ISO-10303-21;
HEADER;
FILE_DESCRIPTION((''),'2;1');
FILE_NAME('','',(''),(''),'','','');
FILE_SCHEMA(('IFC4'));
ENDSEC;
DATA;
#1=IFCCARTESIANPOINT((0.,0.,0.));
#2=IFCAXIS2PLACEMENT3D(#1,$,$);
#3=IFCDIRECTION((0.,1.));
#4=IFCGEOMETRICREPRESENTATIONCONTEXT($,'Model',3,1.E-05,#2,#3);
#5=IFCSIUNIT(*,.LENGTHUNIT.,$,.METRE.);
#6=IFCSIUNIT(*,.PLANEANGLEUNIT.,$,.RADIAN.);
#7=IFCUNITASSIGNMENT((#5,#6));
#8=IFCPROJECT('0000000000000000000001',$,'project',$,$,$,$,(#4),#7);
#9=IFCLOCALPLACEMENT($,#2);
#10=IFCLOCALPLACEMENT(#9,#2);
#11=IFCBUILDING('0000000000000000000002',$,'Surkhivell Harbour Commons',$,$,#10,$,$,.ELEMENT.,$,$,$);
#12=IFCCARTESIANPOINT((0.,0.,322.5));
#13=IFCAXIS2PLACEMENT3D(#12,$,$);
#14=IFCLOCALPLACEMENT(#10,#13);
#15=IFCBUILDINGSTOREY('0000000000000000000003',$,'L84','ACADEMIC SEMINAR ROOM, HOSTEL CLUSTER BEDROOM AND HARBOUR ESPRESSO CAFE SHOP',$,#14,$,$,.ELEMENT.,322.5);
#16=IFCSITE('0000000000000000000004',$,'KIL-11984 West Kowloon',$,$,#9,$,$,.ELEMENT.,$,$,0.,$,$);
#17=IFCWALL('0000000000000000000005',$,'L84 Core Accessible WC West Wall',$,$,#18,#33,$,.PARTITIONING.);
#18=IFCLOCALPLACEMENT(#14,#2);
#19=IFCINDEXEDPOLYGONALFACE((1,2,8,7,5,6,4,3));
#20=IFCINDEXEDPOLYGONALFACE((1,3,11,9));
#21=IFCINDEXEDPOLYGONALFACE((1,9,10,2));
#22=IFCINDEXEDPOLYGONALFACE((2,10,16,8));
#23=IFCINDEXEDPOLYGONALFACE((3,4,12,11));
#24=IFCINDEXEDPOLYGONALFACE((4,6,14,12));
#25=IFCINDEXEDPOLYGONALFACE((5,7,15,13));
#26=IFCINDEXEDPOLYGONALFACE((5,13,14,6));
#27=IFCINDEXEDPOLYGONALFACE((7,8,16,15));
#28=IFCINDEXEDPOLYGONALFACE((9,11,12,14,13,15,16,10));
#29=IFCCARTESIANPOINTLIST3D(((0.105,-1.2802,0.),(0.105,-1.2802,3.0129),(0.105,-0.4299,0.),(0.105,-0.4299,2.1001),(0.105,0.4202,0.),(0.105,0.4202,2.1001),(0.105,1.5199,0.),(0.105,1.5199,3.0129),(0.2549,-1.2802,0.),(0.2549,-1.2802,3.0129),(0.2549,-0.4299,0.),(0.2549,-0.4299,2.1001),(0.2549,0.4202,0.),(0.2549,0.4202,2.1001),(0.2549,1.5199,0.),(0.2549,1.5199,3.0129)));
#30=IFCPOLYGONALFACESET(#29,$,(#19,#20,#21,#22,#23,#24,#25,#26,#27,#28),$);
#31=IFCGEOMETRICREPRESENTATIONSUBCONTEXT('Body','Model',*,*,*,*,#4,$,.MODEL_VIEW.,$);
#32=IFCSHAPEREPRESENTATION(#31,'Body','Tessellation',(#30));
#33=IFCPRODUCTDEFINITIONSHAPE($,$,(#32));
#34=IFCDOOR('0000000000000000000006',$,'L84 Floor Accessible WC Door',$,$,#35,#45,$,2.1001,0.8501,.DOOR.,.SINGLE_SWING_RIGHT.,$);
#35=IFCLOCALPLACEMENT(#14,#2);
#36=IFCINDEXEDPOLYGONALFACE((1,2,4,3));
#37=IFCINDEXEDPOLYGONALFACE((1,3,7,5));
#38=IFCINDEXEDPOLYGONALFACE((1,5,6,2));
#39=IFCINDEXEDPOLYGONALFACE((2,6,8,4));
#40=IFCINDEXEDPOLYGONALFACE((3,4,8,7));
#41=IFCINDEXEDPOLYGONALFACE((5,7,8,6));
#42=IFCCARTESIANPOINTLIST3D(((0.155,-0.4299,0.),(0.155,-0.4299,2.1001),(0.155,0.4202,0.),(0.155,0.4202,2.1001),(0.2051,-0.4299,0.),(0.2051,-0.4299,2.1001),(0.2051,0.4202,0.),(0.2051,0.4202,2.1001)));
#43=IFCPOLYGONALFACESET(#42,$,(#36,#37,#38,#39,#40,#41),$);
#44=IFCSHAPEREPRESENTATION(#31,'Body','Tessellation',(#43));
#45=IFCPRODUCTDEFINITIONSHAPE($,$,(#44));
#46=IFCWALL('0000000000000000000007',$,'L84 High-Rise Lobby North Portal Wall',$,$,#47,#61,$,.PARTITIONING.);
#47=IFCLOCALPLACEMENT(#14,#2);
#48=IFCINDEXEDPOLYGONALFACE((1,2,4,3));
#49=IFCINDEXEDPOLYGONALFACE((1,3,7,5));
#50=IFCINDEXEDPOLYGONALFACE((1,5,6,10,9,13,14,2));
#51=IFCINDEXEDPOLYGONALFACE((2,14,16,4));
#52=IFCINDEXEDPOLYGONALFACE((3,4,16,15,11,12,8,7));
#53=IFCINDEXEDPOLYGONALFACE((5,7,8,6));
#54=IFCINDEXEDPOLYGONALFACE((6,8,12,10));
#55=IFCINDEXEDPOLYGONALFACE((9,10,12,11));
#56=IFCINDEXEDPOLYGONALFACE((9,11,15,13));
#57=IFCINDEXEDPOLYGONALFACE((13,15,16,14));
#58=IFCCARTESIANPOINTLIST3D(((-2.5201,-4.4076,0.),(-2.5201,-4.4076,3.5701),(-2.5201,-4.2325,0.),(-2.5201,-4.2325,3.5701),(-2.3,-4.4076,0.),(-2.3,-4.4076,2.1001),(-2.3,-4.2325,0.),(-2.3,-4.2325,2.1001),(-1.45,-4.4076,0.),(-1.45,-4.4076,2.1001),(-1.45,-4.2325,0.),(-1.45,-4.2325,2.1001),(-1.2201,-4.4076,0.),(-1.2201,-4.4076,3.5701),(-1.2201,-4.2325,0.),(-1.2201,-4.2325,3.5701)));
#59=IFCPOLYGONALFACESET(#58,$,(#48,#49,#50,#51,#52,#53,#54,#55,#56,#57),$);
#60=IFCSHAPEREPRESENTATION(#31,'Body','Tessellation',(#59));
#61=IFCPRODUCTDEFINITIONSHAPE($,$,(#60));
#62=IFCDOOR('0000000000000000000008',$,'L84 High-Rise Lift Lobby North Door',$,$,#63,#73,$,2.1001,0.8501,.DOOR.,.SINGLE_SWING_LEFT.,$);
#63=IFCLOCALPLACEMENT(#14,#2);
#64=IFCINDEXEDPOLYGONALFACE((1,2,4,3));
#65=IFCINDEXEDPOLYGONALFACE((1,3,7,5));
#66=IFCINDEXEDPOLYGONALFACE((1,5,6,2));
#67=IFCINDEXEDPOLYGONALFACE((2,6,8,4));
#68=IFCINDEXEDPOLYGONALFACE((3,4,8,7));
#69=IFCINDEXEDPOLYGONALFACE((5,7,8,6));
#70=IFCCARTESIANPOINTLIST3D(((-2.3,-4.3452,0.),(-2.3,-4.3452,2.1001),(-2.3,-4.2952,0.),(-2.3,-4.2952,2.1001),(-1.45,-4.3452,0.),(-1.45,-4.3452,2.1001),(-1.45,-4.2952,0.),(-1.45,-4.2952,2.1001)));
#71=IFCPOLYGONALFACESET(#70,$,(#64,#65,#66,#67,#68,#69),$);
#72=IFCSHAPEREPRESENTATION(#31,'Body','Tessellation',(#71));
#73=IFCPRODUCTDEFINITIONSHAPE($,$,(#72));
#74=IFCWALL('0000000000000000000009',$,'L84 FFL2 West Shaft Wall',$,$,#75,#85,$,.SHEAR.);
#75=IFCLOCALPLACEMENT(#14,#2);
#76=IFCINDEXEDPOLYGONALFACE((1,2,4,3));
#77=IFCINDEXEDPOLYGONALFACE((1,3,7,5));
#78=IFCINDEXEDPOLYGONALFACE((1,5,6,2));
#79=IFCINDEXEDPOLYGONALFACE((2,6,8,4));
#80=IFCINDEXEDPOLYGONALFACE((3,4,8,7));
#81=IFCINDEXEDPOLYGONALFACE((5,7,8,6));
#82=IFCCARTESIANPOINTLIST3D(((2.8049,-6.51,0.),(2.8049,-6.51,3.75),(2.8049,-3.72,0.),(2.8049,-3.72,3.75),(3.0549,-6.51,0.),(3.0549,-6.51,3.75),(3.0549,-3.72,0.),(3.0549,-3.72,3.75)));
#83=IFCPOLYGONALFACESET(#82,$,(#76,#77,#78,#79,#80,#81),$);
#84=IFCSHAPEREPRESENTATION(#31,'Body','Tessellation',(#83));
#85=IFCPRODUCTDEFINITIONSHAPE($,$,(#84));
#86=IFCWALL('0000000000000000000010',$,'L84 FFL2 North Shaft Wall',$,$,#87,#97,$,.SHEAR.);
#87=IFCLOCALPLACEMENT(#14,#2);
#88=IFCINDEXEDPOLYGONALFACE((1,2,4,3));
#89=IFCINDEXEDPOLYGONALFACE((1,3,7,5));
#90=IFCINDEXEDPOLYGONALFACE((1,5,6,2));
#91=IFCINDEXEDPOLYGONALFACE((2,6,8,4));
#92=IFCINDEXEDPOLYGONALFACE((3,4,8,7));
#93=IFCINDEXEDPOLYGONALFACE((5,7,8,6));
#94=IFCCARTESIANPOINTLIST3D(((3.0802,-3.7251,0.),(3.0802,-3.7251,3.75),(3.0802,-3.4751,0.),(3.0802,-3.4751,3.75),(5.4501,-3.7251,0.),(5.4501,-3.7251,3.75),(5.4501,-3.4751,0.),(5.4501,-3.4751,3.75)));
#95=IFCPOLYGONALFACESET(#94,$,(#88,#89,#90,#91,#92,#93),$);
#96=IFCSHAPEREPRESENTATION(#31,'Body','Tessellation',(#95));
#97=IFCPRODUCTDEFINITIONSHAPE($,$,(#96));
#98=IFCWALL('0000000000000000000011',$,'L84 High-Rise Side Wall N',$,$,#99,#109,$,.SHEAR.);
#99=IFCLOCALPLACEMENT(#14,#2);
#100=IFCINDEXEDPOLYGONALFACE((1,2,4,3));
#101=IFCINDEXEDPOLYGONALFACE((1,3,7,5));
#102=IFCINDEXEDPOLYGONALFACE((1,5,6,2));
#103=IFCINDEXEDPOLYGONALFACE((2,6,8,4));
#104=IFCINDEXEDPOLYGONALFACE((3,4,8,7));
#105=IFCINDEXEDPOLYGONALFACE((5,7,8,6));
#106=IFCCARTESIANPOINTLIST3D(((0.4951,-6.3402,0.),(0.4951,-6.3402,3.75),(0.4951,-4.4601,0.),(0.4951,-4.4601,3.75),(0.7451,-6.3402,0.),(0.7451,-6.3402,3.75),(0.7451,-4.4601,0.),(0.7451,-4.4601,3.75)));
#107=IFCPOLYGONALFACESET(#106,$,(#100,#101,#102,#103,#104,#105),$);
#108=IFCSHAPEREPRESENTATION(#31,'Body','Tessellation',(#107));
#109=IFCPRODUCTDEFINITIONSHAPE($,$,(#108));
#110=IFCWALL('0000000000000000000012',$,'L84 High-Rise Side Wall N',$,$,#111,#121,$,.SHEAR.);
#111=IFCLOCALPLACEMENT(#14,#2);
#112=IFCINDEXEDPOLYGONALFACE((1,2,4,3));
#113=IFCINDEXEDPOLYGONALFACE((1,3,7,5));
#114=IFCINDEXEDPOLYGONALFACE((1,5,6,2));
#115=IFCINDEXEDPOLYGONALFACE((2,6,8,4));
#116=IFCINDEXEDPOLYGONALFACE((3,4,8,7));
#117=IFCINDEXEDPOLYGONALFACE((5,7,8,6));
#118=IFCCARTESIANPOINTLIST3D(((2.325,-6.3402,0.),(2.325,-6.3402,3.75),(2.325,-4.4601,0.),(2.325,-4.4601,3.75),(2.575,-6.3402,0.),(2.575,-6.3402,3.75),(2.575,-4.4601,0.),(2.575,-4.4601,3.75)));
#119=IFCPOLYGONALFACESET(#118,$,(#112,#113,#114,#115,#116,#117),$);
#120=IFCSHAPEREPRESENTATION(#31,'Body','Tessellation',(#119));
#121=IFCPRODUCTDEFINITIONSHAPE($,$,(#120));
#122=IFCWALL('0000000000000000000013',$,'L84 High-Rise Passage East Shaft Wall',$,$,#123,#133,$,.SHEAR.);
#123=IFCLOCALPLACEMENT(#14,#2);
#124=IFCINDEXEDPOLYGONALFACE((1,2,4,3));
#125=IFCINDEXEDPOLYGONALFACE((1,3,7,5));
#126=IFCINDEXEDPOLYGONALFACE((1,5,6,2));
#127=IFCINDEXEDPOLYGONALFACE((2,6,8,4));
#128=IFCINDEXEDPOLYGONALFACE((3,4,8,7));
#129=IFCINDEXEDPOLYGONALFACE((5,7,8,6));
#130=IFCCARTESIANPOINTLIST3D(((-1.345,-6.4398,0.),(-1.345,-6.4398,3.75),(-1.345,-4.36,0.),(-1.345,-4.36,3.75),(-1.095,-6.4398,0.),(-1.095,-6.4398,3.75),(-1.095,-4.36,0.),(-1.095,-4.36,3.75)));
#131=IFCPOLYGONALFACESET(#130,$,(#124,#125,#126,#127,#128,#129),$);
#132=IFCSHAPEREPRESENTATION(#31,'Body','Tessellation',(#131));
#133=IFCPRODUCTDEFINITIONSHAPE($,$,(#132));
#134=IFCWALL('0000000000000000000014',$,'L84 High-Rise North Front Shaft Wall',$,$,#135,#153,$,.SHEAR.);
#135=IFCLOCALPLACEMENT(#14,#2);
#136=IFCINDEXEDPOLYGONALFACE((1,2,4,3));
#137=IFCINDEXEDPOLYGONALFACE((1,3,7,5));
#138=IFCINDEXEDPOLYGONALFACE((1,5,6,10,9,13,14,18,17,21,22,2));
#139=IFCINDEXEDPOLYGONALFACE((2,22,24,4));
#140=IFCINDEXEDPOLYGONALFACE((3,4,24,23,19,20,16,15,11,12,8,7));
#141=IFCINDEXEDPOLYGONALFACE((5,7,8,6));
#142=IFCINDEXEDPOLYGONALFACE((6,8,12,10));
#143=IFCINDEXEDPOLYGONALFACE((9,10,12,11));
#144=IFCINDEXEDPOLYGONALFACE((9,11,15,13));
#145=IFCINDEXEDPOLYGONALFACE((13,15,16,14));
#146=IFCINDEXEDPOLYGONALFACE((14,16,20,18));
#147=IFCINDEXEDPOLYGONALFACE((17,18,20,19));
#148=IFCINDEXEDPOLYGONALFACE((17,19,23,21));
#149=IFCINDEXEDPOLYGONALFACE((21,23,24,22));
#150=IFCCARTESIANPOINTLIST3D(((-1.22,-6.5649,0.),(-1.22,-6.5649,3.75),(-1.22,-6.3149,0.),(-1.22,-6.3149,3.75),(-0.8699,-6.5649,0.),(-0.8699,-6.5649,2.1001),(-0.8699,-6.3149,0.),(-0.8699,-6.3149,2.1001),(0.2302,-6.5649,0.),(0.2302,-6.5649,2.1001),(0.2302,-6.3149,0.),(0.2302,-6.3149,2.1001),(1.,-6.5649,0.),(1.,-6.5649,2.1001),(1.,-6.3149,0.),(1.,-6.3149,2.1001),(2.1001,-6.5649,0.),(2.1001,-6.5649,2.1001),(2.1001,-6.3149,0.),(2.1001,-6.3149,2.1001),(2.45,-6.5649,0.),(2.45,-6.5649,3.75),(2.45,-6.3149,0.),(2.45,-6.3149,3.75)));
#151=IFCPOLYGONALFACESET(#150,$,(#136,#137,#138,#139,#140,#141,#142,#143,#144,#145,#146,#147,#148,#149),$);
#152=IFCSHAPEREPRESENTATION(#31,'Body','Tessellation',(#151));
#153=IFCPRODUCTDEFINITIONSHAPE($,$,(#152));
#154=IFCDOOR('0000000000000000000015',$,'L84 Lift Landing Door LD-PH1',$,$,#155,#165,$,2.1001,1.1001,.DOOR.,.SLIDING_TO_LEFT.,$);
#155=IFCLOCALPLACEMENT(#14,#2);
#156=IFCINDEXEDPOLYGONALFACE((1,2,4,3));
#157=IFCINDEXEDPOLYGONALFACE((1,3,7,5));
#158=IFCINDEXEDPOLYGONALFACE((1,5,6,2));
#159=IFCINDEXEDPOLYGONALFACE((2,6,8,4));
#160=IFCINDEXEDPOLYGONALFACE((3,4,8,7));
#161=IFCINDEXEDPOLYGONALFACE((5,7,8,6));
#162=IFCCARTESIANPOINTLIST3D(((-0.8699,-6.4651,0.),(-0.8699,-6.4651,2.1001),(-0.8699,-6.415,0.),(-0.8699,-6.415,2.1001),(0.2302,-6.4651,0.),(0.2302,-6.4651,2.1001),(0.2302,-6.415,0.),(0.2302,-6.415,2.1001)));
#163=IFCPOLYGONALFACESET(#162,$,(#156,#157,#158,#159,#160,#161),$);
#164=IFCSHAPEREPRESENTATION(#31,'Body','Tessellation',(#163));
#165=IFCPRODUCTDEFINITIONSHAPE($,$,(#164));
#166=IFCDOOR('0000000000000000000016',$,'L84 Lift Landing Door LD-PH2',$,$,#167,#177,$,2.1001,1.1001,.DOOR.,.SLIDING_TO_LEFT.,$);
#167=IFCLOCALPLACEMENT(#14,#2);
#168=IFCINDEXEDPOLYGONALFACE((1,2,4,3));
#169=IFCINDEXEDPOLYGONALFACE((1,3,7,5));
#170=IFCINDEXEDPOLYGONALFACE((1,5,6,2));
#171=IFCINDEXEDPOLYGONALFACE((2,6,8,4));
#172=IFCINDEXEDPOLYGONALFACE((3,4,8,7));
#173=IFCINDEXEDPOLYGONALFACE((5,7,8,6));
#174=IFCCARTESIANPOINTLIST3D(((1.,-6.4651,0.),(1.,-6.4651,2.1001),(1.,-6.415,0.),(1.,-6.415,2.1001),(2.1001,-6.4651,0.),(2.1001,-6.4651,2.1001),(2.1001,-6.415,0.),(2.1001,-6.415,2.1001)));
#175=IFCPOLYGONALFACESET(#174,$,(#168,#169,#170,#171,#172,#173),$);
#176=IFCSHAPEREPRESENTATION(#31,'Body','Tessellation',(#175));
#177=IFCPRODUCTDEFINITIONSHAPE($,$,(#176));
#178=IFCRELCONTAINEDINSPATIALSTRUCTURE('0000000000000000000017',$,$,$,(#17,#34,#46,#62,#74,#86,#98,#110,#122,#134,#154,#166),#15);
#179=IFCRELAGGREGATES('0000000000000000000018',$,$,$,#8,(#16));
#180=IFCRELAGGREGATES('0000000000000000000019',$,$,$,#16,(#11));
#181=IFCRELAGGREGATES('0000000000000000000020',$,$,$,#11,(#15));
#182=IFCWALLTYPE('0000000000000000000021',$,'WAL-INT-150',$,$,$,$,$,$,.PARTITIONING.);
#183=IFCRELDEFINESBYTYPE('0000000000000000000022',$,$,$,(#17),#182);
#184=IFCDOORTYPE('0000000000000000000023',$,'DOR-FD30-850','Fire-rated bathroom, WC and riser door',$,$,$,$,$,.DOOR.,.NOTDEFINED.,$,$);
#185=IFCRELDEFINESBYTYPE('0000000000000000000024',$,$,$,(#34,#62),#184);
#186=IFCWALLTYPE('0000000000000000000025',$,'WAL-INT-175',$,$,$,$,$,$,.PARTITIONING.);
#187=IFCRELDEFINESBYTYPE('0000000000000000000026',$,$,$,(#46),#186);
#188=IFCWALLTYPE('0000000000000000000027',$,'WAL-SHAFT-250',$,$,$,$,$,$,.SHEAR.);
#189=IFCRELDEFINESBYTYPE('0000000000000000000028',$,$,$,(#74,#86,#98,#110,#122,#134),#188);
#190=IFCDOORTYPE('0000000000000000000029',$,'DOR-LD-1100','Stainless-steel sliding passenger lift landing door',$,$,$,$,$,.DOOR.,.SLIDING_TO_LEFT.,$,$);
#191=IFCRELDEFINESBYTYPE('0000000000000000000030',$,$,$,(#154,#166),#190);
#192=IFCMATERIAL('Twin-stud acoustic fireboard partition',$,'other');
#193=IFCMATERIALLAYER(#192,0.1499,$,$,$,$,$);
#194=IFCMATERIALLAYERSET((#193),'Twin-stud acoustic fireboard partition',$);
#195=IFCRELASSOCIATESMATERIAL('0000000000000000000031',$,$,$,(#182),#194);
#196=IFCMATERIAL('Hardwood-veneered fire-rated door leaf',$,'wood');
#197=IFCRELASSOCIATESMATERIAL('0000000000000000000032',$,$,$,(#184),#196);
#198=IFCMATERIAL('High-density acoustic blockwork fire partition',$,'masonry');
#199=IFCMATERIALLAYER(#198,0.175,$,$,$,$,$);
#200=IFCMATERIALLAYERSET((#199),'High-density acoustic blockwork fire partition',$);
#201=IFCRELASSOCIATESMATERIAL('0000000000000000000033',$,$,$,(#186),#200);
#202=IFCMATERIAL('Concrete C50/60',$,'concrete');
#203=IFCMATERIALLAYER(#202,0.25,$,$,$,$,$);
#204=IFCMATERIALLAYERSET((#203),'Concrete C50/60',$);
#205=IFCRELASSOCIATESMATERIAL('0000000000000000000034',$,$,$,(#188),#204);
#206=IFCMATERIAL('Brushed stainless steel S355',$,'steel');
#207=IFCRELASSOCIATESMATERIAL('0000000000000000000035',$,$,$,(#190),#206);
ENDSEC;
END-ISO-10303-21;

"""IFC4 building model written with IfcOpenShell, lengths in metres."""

from ifc_helpers import new_model, si_unit, direction, frame, frame_2d, origin, place, context, subcontext, project, spatial, rectangle, extrude, material, layer, layer_set, type_object, element, fill, save


model = new_model("IFC4")

# Units and contexts
model_context = context("Model", 3, precision=1e-05, world=origin(), true_north=direction((0.0, 1.0)))
body_context = subcontext(model_context, "Body", "Model", "MODEL_VIEW")
ifc_project = project(units=[si_unit("LENGTHUNIT", "METRE"), si_unit("PLANEANGLEUNIT", "RADIAN")], contexts=[model_context])

# Site, building, storey
site_placement = place(None, origin())
site = spatial("IfcSite", under=ifc_project, at=site_placement, Name="KIL-11984 West Kowloon", CompositionType="ELEMENT", RefElevation=0.0)
building_placement = place(site_placement, origin())
building = spatial("IfcBuilding", under=site, at=building_placement, Name="Surkhivell Harbour Commons", CompositionType="ELEMENT")
storey_placement = place(building_placement, frame((0.0, 0.0, 322.5)))
storey = spatial("IfcBuildingStorey", under=building, at=storey_placement, Name="L84", Description="ACADEMIC SEMINAR ROOM, HOSTEL CLUSTER BEDROOM AND HARBOUR ESPRESSO CAFE SHOP", CompositionType="ELEMENT", Elevation=322.5)

# Shared definitions
ifc_material_1 = material(Name="Twin-stud acoustic fireboard partition", Category="other")
ifc_layer_1 = layer(ifc_material_1, 0.1499)
ifc_layer_set_1 = layer_set([ifc_layer_1], Name="Twin-stud acoustic fireboard partition")
wall_type_1 = type_object("IfcWallType", Name="WAL-INT-150", PredefinedType="PARTITIONING", material=ifc_layer_set_1)

# Walls, openings, doors
wall_1_placement = place(storey_placement, frame((0.1799, -1.28, 0.0), z_axis=(0.0, 0.0, 1.0), x_axis=(0.0, 1.0, 0.0)))
wall_1 = element("IfcWall", 1, at=wall_1_placement, inside=storey, type_object=wall_type_1, Name="L84 Core Accessible WC West Wall", PredefinedType="PARTITIONING", context=body_context, shape_type="SweptSolid", body=[
    extrude(rectangle(XDim=2.8, YDim=0.1499, at=frame_2d((1.3999, 0.0))), origin(), (0.0, 0.0, 1.0), 3.0129),
])
opening_1_placement = place(wall_1_placement, frame((0.8501, 0.0, 0.0)))
opening_1 = element("IfcOpeningElement", 2, at=opening_1_placement, cuts=wall_1, PredefinedType="OPENING", context=body_context, shape_type="SweptSolid", body=[
    extrude(rectangle(XDim=0.8501, YDim=2.1001, at=frame_2d((0.425, 1.05))), frame((0.0, 0.085, 0.0), z_axis=(0.0, -1.0, 0.0), x_axis=(1.0, 0.0, 0.0)), (0.0, 0.0, 1.0), 0.1699),
])
ifc_material_2 = material(Name="Hardwood-veneered fire-rated door leaf", Category="wood")
door_type_1 = type_object("IfcDoorType", Name="DOR-FD30-850", Description="Fire-rated bathroom, WC and riser door", OperationType="NOTDEFINED", PredefinedType="DOOR", material=ifc_material_2)
door_1_placement = place(opening_1_placement, origin())
door_1 = element("IfcDoor", 3, at=door_1_placement, inside=storey, type_object=door_type_1, Name="L84 Floor Accessible WC Door", OperationType="SINGLE_SWING_RIGHT", OverallHeight=2.1001, OverallWidth=0.8501, PredefinedType="DOOR", context=body_context, shape_type="SweptSolid", body=[
    extrude(rectangle(XDim=0.8501, YDim=2.1001, at=frame_2d((0.425, 1.05))), frame((0.0, 0.0249, 0.0), z_axis=(0.0, -1.0, 0.0), x_axis=(1.0, 0.0, 0.0)), (0.0, 0.0, 1.0), 0.05),
])
fill(opening_1, door_1)
ifc_material_3 = material(Name="High-density acoustic blockwork fire partition", Category="masonry")
ifc_layer_2 = layer(ifc_material_3, 0.175)
ifc_layer_set_2 = layer_set([ifc_layer_2], Name="High-density acoustic blockwork fire partition")
wall_type_2 = type_object("IfcWallType", Name="WAL-INT-175", PredefinedType="PARTITIONING", material=ifc_layer_set_2)
wall_2_placement = place(storey_placement, frame((-2.52, -4.3201, 0.0), z_axis=(0.0, 0.0, 1.0), x_axis=(1.0, 0.0, 0.0)))
wall_2 = element("IfcWall", 4, at=wall_2_placement, inside=storey, type_object=wall_type_2, Name="L84 High-Rise Lobby North Portal Wall", PredefinedType="PARTITIONING", context=body_context, shape_type="SweptSolid", body=[
    extrude(rectangle(XDim=1.3, YDim=0.175, at=frame_2d((0.6499, 0.0))), origin(), (0.0, 0.0, 1.0), 3.5701),
])
opening_2_placement = place(wall_2_placement, frame((0.22, 0.0, 0.0)))
opening_2 = element("IfcOpeningElement", 5, at=opening_2_placement, cuts=wall_2, PredefinedType="OPENING", context=body_context, shape_type="SweptSolid", body=[
    extrude(rectangle(XDim=0.8501, YDim=2.1001, at=frame_2d((0.425, 1.05))), frame((0.0, 0.0974, 0.0), z_axis=(0.0, -1.0, 0.0), x_axis=(1.0, 0.0, 0.0)), (0.0, 0.0, 1.0), 0.1951),
])
door_2_placement = place(opening_2_placement, origin())
door_2 = element("IfcDoor", 6, at=door_2_placement, inside=storey, type_object=door_type_1, Name="L84 High-Rise Lift Lobby North Door", OperationType="SINGLE_SWING_LEFT", OverallHeight=2.1001, OverallWidth=0.8501, PredefinedType="DOOR", context=body_context, shape_type="SweptSolid", body=[
    extrude(rectangle(XDim=0.8501, YDim=2.1001, at=frame_2d((0.425, 1.05))), frame((0.0, 0.0249, 0.0), z_axis=(0.0, -1.0, 0.0), x_axis=(1.0, 0.0, 0.0)), (0.0, 0.0, 1.0), 0.05),
])
fill(opening_2, door_2)

# Walls
ifc_material_4 = material(Name="Concrete C50/60", Category="concrete")
ifc_layer_3 = layer(ifc_material_4, 0.25)
ifc_layer_set_3 = layer_set([ifc_layer_3], Name="Concrete C50/60")
wall_type_3 = type_object("IfcWallType", Name="WAL-SHAFT-250", PredefinedType="SHEAR", material=ifc_layer_set_3)
wall_3_placement = place(storey_placement, frame((2.9299, -6.51, 0.0), z_axis=(0.0, 0.0, 1.0), x_axis=(0.0, 1.0, 0.0)))
element("IfcWall", 7, at=wall_3_placement, inside=storey, type_object=wall_type_3, Name="L84 FFL2 West Shaft Wall", PredefinedType="SHEAR", context=body_context, shape_type="SweptSolid", body=[
    extrude(rectangle(XDim=2.79, YDim=0.25, at=frame_2d((1.395, 0.0))), origin(), (0.0, 0.0, 1.0), 3.75),
])
wall_4_placement = place(storey_placement, frame((3.0801, -3.6001, 0.0), z_axis=(0.0, 0.0, 1.0), x_axis=(1.0, 0.0, 0.0)))
element("IfcWall", 8, at=wall_4_placement, inside=storey, type_object=wall_type_3, Name="L84 FFL2 North Shaft Wall", PredefinedType="SHEAR", context=body_context, shape_type="SweptSolid", body=[
    extrude(rectangle(XDim=2.3699, YDim=0.25, at=frame_2d((1.1851, 0.0))), origin(), (0.0, 0.0, 1.0), 3.75),
])
for number, where, z_axis, x_axis, name in (
    (9, (0.6201, -6.3401, 0.0), (0.0, 0.0, 1.0), (0.0, 1.0, 0.0), "L84 High-Rise Side Wall N"),
    (10, (2.45, -6.3401, 0.0), (0.0, 0.0, 1.0), (0.0, 1.0, 0.0), "L84 High-Rise Side Wall N"),
):
    element("IfcWall", number, at=place(storey_placement, frame(where, z_axis=z_axis, x_axis=x_axis)), inside=storey, type_object=wall_type_3, Name=name, PredefinedType="SHEAR", context=body_context, shape_type="SweptSolid", body=[
        extrude(rectangle(XDim=1.8801, YDim=0.25, at=frame_2d((0.9399, 0.0))), origin(), (0.0, 0.0, 1.0), 3.75),
    ])
wall_5_placement = place(storey_placement, frame((-1.22, -6.4399, 0.0), z_axis=(0.0, 0.0, 1.0), x_axis=(0.0, 1.0, 0.0)))
element("IfcWall", 11, at=wall_5_placement, inside=storey, type_object=wall_type_3, Name="L84 High-Rise Passage East Shaft Wall", PredefinedType="SHEAR", context=body_context, shape_type="SweptSolid", body=[
    extrude(rectangle(XDim=2.0798, YDim=0.25, at=frame_2d((1.04, 0.0))), origin(), (0.0, 0.0, 1.0), 3.75),
])

# Wall, openings, doors
wall_6_placement = place(storey_placement, frame((-1.22, -6.4399, 0.0), z_axis=(0.0, 0.0, 1.0), x_axis=(1.0, 0.0, 0.0)))
wall_6 = element("IfcWall", 12, at=wall_6_placement, inside=storey, type_object=wall_type_3, Name="L84 High-Rise North Front Shaft Wall", PredefinedType="SHEAR", context=body_context, shape_type="SweptSolid", body=[
    extrude(rectangle(XDim=3.6699, YDim=0.25, at=frame_2d((1.835, 0.0))), origin(), (0.0, 0.0, 1.0), 3.75),
])
opening_3_placement = place(wall_6_placement, frame((0.3501, 0.0, 0.0)))
opening_3 = element("IfcOpeningElement", 13, at=opening_3_placement, cuts=wall_6, PredefinedType="OPENING", context=body_context, shape_type="SweptSolid", body=[
    extrude(rectangle(XDim=1.1001, YDim=2.1001, at=frame_2d((0.55, 1.05))), frame((0.0, 0.135, 0.0), z_axis=(0.0, -1.0, 0.0), x_axis=(1.0, 0.0, 0.0)), (0.0, 0.0, 1.0), 0.27),
])
opening_4_placement = place(wall_6_placement, frame((2.22, 0.0, 0.0)))
opening_4 = element("IfcOpeningElement", 14, at=opening_4_placement, cuts=wall_6, PredefinedType="OPENING", context=body_context, shape_type="SweptSolid", body=[
    extrude(rectangle(XDim=1.1001, YDim=2.1001, at=frame_2d((0.55, 1.05))), frame((0.0, 0.135, 0.0), z_axis=(0.0, -1.0, 0.0), x_axis=(1.0, 0.0, 0.0)), (0.0, 0.0, 1.0), 0.27),
])
ifc_material_5 = material(Name="Brushed stainless steel S355", Category="steel")
door_type_2 = type_object("IfcDoorType", Name="DOR-LD-1100", Description="Stainless-steel sliding passenger lift landing door", OperationType="SLIDING_TO_LEFT", PredefinedType="DOOR", material=ifc_material_5)
door_3_placement = place(opening_3_placement, origin())
door_3 = element("IfcDoor", 15, at=door_3_placement, inside=storey, type_object=door_type_2, Name="L84 Lift Landing Door LD-PH1", OperationType="SLIDING_TO_LEFT", OverallHeight=2.1001, OverallWidth=1.1001, PredefinedType="DOOR", context=body_context, shape_type="SweptSolid", body=[
    extrude(rectangle(XDim=1.1001, YDim=2.1001, at=frame_2d((0.55, 1.05))), frame((0.0, 0.0249, 0.0), z_axis=(0.0, -1.0, 0.0), x_axis=(1.0, 0.0, 0.0)), (0.0, 0.0, 1.0), 0.05),
])
fill(opening_3, door_3)
door_4_placement = place(opening_4_placement, origin())
door_4 = element("IfcDoor", 16, at=door_4_placement, inside=storey, type_object=door_type_2, Name="L84 Lift Landing Door LD-PH2", OperationType="SLIDING_TO_LEFT", OverallHeight=2.1001, OverallWidth=1.1001, PredefinedType="DOOR", context=body_context, shape_type="SweptSolid", body=[
    extrude(rectangle(XDim=1.1001, YDim=2.1001, at=frame_2d((0.55, 1.05))), frame((0.0, 0.0249, 0.0), z_axis=(0.0, -1.0, 0.0), x_axis=(1.0, 0.0, 0.0)), (0.0, 0.0, 1.0), 0.05),
])
fill(opening_4, door_4)

save(model, "model.ifc")
